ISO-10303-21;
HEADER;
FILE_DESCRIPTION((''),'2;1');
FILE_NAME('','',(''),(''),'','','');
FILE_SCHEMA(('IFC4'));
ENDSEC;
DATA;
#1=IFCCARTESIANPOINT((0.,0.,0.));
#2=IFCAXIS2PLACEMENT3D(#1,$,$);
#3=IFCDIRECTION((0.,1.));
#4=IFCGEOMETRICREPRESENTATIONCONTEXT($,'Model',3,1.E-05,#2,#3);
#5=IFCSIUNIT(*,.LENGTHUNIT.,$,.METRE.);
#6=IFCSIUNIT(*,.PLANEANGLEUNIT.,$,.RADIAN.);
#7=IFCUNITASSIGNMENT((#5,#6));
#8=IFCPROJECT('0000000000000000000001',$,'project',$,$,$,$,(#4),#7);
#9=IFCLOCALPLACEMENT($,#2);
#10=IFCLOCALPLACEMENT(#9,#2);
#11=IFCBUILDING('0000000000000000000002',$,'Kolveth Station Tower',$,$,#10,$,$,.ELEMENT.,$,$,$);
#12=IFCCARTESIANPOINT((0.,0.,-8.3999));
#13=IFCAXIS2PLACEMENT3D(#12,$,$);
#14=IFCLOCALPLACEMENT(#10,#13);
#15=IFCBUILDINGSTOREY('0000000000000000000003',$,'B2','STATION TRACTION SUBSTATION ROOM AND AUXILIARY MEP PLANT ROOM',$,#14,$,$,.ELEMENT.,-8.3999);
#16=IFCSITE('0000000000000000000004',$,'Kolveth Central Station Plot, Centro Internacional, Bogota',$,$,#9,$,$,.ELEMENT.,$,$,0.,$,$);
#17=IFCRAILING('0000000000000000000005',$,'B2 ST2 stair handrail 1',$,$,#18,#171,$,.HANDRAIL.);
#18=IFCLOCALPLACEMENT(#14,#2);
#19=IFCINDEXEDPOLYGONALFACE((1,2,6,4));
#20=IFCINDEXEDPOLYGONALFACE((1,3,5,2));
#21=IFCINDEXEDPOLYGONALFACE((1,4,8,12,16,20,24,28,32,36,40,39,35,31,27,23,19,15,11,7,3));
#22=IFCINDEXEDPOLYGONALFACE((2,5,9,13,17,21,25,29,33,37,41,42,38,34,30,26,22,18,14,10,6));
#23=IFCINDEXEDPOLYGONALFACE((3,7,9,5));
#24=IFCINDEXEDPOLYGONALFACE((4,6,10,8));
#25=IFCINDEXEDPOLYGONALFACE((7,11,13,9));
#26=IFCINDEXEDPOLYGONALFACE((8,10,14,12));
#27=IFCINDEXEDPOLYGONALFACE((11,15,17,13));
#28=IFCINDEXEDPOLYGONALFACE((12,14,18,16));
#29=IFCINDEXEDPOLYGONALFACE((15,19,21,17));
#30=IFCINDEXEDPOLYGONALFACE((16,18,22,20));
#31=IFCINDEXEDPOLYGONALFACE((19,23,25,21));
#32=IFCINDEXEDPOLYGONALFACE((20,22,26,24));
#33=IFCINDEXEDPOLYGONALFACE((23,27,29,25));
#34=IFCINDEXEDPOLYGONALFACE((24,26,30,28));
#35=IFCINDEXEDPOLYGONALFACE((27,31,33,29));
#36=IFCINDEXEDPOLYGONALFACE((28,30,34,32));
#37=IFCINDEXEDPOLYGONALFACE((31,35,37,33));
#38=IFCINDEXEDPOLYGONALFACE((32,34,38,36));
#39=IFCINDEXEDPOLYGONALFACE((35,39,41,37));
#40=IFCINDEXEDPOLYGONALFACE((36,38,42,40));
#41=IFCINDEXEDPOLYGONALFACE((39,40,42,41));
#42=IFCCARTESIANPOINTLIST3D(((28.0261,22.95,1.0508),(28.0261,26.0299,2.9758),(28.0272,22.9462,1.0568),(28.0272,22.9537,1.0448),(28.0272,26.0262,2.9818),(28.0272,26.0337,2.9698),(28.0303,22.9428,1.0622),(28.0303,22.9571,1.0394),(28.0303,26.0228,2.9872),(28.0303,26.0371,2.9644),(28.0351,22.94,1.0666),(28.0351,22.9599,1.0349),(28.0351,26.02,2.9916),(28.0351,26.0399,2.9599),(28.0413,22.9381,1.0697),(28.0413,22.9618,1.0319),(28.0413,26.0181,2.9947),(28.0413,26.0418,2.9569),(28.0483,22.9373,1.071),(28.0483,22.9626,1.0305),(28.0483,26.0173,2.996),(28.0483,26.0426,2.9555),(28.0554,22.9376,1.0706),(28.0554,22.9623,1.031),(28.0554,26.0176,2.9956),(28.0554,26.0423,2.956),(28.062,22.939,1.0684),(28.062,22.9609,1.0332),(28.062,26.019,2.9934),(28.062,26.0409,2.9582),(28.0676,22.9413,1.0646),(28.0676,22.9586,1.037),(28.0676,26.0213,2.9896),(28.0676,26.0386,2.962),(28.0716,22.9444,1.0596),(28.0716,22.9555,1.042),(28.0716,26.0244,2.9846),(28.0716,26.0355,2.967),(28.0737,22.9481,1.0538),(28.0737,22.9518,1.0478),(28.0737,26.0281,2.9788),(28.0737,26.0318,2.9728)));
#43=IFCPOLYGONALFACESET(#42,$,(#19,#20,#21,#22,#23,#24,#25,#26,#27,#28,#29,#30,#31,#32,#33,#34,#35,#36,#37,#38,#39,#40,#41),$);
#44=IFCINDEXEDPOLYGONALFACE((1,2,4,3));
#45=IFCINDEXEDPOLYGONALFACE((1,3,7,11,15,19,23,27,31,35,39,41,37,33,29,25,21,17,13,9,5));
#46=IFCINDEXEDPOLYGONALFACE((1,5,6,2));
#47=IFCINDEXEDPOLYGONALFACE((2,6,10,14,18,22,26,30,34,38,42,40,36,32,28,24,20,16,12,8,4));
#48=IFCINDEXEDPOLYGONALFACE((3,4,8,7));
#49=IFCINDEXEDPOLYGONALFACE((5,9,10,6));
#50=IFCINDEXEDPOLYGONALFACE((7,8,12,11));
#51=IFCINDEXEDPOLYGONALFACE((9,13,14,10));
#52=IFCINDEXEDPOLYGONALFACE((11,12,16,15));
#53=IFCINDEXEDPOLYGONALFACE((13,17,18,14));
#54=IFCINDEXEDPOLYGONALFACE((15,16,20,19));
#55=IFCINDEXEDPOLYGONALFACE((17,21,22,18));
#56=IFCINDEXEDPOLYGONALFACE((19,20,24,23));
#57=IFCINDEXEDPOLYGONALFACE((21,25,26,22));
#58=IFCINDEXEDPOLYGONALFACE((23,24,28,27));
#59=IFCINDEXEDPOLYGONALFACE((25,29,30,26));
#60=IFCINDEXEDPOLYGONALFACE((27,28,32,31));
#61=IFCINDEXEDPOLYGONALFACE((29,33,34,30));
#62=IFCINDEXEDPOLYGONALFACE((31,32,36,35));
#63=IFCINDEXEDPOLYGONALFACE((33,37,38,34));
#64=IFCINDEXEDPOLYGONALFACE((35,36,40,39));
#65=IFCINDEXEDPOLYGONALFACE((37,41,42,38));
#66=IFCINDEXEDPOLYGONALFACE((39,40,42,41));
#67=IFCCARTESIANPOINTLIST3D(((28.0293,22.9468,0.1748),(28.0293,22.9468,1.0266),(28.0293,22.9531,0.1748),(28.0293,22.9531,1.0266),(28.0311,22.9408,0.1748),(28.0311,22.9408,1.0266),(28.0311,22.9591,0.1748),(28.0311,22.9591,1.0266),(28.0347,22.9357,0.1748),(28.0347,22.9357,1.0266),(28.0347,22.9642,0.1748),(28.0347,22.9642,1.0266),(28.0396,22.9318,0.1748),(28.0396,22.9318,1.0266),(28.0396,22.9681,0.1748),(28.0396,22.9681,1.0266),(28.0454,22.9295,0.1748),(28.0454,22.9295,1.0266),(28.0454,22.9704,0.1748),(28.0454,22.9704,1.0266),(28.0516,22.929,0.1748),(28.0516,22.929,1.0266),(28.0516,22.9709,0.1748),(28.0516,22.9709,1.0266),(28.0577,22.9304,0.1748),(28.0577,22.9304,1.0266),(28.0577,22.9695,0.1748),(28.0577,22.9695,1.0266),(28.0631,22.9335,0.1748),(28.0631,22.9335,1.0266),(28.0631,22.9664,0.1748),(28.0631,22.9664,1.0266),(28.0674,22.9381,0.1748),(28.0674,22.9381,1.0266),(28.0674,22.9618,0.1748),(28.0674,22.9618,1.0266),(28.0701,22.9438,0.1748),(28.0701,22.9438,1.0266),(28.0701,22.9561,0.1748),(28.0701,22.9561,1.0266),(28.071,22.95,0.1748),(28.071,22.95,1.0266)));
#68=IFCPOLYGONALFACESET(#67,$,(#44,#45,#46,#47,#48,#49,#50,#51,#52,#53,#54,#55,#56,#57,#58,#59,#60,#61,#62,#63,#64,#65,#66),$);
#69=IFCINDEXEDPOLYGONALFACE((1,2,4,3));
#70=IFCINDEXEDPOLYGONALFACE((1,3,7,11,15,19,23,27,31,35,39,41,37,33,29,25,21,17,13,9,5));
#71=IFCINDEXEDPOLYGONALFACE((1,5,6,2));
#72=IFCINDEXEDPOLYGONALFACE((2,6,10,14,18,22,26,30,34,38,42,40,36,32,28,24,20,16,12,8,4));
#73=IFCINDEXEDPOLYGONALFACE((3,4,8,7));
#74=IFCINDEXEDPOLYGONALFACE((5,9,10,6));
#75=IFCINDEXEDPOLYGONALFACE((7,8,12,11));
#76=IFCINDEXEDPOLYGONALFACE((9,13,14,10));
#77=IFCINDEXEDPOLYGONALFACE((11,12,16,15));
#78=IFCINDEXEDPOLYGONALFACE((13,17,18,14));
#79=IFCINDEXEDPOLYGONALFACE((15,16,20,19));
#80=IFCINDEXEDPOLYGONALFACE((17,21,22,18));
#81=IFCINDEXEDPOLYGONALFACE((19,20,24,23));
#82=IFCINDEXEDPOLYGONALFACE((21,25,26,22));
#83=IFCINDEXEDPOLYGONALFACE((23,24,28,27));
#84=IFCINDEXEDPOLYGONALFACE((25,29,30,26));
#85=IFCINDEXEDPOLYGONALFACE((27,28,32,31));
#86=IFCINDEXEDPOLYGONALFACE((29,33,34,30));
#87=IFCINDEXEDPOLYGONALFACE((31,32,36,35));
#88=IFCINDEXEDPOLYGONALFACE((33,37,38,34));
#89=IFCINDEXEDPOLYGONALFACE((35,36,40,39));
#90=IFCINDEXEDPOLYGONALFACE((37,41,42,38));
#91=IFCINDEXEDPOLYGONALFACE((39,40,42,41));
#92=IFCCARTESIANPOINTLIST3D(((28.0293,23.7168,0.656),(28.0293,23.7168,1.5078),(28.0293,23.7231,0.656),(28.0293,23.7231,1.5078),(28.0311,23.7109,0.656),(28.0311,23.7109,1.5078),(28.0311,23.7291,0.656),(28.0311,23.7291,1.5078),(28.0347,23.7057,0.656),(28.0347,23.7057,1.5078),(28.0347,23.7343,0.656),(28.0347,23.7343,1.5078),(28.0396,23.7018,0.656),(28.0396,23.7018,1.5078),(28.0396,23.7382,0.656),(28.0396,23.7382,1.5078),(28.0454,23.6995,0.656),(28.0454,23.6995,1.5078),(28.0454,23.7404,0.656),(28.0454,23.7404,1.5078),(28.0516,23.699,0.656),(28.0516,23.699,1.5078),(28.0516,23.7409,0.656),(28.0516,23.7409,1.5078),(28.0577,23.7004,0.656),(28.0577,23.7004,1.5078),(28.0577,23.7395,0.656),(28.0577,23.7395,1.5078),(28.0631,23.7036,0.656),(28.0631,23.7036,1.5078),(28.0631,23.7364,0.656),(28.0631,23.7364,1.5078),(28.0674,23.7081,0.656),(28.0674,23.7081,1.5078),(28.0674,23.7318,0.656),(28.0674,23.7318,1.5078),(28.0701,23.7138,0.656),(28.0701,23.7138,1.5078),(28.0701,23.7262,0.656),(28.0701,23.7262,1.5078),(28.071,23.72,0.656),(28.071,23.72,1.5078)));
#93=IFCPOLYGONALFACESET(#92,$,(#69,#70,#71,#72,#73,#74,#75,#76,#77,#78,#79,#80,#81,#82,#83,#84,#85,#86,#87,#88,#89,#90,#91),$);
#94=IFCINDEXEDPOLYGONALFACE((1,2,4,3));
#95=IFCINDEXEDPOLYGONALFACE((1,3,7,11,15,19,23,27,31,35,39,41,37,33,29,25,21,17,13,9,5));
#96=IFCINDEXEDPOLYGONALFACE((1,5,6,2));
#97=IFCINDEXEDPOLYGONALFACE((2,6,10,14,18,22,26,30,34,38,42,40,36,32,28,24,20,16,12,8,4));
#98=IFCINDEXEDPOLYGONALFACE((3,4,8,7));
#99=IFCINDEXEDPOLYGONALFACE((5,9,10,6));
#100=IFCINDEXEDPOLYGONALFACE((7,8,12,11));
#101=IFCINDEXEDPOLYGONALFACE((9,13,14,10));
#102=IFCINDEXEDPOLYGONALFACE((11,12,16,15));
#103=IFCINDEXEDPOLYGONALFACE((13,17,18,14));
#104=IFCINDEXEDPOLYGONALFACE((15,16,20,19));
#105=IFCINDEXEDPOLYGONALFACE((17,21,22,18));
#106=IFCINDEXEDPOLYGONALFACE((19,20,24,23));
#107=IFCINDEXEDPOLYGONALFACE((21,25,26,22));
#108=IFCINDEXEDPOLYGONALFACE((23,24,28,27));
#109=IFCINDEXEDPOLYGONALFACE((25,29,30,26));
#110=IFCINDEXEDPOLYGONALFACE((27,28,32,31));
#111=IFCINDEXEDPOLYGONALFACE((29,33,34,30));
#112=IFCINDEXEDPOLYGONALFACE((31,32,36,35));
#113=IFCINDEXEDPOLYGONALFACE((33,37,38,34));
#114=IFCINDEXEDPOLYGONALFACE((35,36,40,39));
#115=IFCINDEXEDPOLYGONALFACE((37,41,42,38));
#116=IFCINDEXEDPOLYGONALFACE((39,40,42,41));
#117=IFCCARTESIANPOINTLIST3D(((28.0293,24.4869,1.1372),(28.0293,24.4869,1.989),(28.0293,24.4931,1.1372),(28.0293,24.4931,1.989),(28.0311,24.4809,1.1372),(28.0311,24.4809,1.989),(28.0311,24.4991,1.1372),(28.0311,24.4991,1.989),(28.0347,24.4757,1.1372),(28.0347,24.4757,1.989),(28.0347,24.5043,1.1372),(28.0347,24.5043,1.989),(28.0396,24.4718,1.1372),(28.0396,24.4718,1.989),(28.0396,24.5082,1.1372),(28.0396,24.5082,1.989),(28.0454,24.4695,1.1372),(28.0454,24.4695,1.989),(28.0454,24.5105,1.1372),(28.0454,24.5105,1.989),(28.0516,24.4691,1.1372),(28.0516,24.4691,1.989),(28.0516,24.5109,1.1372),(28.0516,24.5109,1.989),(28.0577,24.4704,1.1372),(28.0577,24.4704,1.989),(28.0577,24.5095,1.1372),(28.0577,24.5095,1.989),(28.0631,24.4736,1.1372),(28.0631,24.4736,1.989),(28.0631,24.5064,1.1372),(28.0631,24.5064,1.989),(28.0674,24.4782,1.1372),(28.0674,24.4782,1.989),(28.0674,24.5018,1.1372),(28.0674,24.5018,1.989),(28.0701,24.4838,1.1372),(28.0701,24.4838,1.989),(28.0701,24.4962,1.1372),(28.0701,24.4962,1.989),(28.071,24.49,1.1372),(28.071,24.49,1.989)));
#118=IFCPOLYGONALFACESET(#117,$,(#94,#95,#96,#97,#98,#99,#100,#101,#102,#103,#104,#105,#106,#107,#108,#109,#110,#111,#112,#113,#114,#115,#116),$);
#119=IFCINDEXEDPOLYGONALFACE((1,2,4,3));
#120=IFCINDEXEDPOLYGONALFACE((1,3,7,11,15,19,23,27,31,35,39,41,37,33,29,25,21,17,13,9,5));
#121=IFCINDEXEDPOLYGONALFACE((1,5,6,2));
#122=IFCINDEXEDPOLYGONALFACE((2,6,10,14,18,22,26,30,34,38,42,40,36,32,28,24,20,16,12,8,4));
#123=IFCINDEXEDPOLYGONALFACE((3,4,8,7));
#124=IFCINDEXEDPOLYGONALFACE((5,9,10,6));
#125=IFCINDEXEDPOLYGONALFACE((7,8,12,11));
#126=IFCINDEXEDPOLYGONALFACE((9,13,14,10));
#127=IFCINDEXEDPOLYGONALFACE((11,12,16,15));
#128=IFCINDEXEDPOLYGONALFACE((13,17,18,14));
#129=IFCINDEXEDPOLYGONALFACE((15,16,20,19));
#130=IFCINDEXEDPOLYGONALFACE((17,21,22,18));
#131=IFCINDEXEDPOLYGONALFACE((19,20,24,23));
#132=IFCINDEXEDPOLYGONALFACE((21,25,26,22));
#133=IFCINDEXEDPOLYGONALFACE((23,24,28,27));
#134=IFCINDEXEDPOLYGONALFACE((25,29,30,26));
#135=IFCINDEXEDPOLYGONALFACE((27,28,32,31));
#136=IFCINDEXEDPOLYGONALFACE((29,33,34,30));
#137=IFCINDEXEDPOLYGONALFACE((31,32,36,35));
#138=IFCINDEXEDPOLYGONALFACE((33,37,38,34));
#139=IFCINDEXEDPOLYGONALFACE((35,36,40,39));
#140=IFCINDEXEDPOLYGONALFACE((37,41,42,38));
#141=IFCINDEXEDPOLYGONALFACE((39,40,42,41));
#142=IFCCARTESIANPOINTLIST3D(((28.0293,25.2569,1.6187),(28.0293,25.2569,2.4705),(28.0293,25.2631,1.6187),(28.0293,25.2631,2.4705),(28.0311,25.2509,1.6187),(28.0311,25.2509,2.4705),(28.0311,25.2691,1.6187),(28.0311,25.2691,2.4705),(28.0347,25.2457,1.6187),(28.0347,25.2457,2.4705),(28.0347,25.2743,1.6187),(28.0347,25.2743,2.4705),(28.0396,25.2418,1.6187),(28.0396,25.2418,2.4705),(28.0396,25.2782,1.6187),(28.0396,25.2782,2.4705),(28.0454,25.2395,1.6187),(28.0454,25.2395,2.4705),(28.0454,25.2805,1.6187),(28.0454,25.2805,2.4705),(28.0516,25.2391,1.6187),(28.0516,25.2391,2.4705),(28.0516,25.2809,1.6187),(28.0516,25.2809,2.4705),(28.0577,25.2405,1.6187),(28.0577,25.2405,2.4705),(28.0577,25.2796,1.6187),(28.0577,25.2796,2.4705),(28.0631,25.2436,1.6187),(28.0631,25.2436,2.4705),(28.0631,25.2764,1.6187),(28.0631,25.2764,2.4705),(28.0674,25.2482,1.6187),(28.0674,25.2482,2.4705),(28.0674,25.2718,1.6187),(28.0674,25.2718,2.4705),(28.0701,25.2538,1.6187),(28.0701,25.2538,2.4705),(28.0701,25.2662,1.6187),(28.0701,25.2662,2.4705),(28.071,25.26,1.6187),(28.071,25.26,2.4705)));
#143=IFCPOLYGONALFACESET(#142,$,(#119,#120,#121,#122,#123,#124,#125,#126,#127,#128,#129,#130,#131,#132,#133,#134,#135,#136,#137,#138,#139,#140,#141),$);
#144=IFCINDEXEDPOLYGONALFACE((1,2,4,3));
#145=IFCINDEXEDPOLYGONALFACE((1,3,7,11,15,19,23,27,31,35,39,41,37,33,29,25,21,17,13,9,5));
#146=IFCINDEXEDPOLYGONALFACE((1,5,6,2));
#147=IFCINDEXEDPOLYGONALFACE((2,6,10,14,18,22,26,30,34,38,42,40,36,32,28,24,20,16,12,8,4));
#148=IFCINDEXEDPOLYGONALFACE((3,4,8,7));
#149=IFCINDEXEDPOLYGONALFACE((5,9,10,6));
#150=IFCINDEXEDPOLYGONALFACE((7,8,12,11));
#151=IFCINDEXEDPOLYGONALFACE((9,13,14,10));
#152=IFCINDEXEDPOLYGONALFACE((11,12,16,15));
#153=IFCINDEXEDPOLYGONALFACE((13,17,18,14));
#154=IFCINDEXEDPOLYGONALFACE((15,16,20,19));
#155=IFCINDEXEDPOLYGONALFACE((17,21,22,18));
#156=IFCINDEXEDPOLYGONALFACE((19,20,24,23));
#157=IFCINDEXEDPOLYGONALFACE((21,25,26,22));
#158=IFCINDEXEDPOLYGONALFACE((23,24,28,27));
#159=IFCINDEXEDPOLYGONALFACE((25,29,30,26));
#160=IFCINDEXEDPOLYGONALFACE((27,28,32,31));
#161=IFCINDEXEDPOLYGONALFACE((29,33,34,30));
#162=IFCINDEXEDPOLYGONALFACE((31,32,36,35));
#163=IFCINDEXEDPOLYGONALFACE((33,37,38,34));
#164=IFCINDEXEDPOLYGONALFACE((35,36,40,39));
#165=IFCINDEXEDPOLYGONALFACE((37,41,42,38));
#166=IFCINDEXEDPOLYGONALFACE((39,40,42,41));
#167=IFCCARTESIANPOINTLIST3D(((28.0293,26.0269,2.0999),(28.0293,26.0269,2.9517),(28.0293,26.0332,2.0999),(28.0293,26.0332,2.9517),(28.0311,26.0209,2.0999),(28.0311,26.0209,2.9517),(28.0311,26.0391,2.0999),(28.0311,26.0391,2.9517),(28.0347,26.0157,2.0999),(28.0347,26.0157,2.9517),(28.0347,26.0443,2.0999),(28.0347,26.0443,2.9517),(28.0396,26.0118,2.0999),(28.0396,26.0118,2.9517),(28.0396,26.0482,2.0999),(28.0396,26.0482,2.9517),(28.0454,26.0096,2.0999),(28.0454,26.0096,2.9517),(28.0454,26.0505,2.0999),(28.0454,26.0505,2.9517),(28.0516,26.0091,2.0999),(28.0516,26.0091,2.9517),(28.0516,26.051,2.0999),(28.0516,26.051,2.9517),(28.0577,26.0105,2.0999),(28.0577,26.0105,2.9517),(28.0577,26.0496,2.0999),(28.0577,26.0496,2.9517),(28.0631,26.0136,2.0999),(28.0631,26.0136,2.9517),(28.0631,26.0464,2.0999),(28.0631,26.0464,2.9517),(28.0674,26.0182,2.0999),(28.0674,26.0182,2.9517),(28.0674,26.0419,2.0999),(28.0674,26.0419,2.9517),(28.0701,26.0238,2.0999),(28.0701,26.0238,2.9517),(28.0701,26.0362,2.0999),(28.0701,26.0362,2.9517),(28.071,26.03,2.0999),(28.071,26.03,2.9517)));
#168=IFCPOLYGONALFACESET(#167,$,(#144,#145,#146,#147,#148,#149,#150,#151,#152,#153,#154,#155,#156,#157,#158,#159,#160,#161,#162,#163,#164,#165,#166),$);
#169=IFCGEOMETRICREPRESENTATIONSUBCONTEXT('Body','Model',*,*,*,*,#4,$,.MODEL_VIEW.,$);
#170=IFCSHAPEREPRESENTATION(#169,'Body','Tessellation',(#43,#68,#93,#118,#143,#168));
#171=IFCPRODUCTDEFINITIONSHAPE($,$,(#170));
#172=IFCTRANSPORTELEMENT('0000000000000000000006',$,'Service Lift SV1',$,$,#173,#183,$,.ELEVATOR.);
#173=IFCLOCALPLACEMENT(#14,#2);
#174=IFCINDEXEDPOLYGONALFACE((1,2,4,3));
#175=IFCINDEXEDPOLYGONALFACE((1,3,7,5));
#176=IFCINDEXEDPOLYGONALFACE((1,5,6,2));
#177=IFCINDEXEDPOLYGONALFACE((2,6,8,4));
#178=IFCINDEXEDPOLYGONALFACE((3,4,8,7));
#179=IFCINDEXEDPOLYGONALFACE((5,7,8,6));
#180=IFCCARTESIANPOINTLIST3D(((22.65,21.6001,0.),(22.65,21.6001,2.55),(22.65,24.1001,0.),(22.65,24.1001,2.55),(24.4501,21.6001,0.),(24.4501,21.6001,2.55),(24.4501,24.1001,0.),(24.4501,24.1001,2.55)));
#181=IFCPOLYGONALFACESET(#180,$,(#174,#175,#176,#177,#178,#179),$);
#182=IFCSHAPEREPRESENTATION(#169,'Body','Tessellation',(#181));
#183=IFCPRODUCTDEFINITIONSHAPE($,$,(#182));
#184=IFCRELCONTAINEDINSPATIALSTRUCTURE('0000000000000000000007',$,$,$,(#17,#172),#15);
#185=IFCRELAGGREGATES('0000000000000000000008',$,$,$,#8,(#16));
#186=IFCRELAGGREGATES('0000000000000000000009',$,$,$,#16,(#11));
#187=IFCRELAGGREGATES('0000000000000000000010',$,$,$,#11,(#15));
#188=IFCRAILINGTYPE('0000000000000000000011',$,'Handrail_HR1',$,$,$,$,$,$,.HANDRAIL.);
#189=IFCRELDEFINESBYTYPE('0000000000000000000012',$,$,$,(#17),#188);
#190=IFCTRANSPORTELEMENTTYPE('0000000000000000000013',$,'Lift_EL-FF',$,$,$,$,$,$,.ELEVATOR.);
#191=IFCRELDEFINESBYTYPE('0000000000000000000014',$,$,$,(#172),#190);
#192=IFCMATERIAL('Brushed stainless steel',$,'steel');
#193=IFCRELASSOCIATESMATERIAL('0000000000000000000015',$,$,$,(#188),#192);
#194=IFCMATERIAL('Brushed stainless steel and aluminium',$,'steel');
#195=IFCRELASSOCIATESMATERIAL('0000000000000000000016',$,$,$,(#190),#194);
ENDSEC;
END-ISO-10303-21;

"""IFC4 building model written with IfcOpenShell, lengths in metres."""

from ifc_helpers import new_model, si_unit, direction, frame, origin, origin_2d, place, context, subcontext, project, spatial, rectangle, circle, extrude, source, transform, mapped, material, type_object, element, save


model = new_model("IFC4")

# Units and contexts
model_context = context("Model", 3, precision=1e-05, world=origin(), true_north=direction((0.0, 1.0)))
body_context = subcontext(model_context, "Body", "Model", "MODEL_VIEW")
ifc_project = project(units=[si_unit("LENGTHUNIT", "METRE"), si_unit("PLANEANGLEUNIT", "RADIAN")], contexts=[model_context])

# Site, building, storey
site_placement = place(None, origin())
site = spatial("IfcSite", under=ifc_project, at=site_placement, Name="Kolveth Central Station Plot, Centro Internacional, Bogota", CompositionType="ELEMENT", RefElevation=0.0)
building_placement = place(site_placement, origin())
building = spatial("IfcBuilding", under=site, at=building_placement, Name="Kolveth Station Tower", CompositionType="ELEMENT")
storey_placement = place(building_placement, frame((0.0, 0.0, -8.3999)))
storey = spatial("IfcBuildingStorey", under=building, at=storey_placement, Name="B2", Description="STATION TRACTION SUBSTATION ROOM AND AUXILIARY MEP PLANT ROOM", CompositionType="ELEMENT", Elevation=-8.3999)

# Railing
ifc_material_1 = material(Name="Brushed stainless steel", Category="steel")
railing_type_1 = type_object("IfcRailingType", Name="Handrail_HR1", PredefinedType="HANDRAIL", material=ifc_material_1)
for number, where, name in (
    (1, (28.05, 22.95, 0.1748), "B2 ST2 stair handrail 1"),
):
    element("IfcRailing", number, at=place(storey_placement, frame(where)), inside=storey, type_object=railing_type_1, Name=name, PredefinedType="HANDRAIL", context=body_context, shape_type="SweptSolid", body=[
        extrude(circle(Radius=0.0239, at=origin_2d()), frame((0.0, 0.0, 0.876), z_axis=(0.0, 0.847998, 0.529999), x_axis=(-1.0, 0.0, 0.0)), (0.0, 0.0, 1.0), 3.6321),
        extrude(circle(Radius=0.021, at=origin_2d()), origin(), (0.0, 0.0, 1.0), 0.8518),
        extrude(circle(Radius=0.021, at=origin_2d()), frame((0.0, 0.77, 0.4812)), (0.0, 0.0, 1.0), 0.8518),
        extrude(circle(Radius=0.021, at=origin_2d()), frame((0.0, 1.54, 0.9624)), (0.0, 0.0, 1.0), 0.8518),
        extrude(circle(Radius=0.021, at=origin_2d()), frame((0.0, 2.3101, 1.4438)), (0.0, 0.0, 1.0), 0.8518),
        extrude(circle(Radius=0.021, at=origin_2d()), frame((0.0, 3.0801, 1.925)), (0.0, 0.0, 1.0), 0.8518),
    ])

# Transport element
ifc_material_2 = material(Name="Brushed stainless steel and aluminium", Category="steel")
transport_element_type = type_object("IfcTransportElementType", Name="Lift_EL-FF", PredefinedType="ELEVATOR", material=ifc_material_2)
shared_shape_1 = source(origin(), body_context, "Body", "SweptSolid", [
    extrude(rectangle(XDim=1.8, YDim=2.5, at=origin_2d()), origin(), (0.0, 0.0, 1.0), 2.55),
])
transport_element_placement = place(storey_placement, frame((23.55, 22.8501, 0.0), z_axis=(0.0, 0.0, 1.0), x_axis=(1.0, 0.0, 0.0)))
element("IfcTransportElement", 2, at=transport_element_placement, inside=storey, type_object=transport_element_type, Name="Service Lift SV1", PredefinedType="ELEVATOR", context=body_context, shape_type="MappedRepresentation", body=[
    mapped(shared_shape_1, transform((0.0, 0.0, 0.0), x_axis=(1.0, 0.0, 0.0), y_axis=(0.0, 1.0, 0.0), z_axis=(0.0, 0.0, 1.0), scale=1.0)),
])

save(model, "model.ifc")
